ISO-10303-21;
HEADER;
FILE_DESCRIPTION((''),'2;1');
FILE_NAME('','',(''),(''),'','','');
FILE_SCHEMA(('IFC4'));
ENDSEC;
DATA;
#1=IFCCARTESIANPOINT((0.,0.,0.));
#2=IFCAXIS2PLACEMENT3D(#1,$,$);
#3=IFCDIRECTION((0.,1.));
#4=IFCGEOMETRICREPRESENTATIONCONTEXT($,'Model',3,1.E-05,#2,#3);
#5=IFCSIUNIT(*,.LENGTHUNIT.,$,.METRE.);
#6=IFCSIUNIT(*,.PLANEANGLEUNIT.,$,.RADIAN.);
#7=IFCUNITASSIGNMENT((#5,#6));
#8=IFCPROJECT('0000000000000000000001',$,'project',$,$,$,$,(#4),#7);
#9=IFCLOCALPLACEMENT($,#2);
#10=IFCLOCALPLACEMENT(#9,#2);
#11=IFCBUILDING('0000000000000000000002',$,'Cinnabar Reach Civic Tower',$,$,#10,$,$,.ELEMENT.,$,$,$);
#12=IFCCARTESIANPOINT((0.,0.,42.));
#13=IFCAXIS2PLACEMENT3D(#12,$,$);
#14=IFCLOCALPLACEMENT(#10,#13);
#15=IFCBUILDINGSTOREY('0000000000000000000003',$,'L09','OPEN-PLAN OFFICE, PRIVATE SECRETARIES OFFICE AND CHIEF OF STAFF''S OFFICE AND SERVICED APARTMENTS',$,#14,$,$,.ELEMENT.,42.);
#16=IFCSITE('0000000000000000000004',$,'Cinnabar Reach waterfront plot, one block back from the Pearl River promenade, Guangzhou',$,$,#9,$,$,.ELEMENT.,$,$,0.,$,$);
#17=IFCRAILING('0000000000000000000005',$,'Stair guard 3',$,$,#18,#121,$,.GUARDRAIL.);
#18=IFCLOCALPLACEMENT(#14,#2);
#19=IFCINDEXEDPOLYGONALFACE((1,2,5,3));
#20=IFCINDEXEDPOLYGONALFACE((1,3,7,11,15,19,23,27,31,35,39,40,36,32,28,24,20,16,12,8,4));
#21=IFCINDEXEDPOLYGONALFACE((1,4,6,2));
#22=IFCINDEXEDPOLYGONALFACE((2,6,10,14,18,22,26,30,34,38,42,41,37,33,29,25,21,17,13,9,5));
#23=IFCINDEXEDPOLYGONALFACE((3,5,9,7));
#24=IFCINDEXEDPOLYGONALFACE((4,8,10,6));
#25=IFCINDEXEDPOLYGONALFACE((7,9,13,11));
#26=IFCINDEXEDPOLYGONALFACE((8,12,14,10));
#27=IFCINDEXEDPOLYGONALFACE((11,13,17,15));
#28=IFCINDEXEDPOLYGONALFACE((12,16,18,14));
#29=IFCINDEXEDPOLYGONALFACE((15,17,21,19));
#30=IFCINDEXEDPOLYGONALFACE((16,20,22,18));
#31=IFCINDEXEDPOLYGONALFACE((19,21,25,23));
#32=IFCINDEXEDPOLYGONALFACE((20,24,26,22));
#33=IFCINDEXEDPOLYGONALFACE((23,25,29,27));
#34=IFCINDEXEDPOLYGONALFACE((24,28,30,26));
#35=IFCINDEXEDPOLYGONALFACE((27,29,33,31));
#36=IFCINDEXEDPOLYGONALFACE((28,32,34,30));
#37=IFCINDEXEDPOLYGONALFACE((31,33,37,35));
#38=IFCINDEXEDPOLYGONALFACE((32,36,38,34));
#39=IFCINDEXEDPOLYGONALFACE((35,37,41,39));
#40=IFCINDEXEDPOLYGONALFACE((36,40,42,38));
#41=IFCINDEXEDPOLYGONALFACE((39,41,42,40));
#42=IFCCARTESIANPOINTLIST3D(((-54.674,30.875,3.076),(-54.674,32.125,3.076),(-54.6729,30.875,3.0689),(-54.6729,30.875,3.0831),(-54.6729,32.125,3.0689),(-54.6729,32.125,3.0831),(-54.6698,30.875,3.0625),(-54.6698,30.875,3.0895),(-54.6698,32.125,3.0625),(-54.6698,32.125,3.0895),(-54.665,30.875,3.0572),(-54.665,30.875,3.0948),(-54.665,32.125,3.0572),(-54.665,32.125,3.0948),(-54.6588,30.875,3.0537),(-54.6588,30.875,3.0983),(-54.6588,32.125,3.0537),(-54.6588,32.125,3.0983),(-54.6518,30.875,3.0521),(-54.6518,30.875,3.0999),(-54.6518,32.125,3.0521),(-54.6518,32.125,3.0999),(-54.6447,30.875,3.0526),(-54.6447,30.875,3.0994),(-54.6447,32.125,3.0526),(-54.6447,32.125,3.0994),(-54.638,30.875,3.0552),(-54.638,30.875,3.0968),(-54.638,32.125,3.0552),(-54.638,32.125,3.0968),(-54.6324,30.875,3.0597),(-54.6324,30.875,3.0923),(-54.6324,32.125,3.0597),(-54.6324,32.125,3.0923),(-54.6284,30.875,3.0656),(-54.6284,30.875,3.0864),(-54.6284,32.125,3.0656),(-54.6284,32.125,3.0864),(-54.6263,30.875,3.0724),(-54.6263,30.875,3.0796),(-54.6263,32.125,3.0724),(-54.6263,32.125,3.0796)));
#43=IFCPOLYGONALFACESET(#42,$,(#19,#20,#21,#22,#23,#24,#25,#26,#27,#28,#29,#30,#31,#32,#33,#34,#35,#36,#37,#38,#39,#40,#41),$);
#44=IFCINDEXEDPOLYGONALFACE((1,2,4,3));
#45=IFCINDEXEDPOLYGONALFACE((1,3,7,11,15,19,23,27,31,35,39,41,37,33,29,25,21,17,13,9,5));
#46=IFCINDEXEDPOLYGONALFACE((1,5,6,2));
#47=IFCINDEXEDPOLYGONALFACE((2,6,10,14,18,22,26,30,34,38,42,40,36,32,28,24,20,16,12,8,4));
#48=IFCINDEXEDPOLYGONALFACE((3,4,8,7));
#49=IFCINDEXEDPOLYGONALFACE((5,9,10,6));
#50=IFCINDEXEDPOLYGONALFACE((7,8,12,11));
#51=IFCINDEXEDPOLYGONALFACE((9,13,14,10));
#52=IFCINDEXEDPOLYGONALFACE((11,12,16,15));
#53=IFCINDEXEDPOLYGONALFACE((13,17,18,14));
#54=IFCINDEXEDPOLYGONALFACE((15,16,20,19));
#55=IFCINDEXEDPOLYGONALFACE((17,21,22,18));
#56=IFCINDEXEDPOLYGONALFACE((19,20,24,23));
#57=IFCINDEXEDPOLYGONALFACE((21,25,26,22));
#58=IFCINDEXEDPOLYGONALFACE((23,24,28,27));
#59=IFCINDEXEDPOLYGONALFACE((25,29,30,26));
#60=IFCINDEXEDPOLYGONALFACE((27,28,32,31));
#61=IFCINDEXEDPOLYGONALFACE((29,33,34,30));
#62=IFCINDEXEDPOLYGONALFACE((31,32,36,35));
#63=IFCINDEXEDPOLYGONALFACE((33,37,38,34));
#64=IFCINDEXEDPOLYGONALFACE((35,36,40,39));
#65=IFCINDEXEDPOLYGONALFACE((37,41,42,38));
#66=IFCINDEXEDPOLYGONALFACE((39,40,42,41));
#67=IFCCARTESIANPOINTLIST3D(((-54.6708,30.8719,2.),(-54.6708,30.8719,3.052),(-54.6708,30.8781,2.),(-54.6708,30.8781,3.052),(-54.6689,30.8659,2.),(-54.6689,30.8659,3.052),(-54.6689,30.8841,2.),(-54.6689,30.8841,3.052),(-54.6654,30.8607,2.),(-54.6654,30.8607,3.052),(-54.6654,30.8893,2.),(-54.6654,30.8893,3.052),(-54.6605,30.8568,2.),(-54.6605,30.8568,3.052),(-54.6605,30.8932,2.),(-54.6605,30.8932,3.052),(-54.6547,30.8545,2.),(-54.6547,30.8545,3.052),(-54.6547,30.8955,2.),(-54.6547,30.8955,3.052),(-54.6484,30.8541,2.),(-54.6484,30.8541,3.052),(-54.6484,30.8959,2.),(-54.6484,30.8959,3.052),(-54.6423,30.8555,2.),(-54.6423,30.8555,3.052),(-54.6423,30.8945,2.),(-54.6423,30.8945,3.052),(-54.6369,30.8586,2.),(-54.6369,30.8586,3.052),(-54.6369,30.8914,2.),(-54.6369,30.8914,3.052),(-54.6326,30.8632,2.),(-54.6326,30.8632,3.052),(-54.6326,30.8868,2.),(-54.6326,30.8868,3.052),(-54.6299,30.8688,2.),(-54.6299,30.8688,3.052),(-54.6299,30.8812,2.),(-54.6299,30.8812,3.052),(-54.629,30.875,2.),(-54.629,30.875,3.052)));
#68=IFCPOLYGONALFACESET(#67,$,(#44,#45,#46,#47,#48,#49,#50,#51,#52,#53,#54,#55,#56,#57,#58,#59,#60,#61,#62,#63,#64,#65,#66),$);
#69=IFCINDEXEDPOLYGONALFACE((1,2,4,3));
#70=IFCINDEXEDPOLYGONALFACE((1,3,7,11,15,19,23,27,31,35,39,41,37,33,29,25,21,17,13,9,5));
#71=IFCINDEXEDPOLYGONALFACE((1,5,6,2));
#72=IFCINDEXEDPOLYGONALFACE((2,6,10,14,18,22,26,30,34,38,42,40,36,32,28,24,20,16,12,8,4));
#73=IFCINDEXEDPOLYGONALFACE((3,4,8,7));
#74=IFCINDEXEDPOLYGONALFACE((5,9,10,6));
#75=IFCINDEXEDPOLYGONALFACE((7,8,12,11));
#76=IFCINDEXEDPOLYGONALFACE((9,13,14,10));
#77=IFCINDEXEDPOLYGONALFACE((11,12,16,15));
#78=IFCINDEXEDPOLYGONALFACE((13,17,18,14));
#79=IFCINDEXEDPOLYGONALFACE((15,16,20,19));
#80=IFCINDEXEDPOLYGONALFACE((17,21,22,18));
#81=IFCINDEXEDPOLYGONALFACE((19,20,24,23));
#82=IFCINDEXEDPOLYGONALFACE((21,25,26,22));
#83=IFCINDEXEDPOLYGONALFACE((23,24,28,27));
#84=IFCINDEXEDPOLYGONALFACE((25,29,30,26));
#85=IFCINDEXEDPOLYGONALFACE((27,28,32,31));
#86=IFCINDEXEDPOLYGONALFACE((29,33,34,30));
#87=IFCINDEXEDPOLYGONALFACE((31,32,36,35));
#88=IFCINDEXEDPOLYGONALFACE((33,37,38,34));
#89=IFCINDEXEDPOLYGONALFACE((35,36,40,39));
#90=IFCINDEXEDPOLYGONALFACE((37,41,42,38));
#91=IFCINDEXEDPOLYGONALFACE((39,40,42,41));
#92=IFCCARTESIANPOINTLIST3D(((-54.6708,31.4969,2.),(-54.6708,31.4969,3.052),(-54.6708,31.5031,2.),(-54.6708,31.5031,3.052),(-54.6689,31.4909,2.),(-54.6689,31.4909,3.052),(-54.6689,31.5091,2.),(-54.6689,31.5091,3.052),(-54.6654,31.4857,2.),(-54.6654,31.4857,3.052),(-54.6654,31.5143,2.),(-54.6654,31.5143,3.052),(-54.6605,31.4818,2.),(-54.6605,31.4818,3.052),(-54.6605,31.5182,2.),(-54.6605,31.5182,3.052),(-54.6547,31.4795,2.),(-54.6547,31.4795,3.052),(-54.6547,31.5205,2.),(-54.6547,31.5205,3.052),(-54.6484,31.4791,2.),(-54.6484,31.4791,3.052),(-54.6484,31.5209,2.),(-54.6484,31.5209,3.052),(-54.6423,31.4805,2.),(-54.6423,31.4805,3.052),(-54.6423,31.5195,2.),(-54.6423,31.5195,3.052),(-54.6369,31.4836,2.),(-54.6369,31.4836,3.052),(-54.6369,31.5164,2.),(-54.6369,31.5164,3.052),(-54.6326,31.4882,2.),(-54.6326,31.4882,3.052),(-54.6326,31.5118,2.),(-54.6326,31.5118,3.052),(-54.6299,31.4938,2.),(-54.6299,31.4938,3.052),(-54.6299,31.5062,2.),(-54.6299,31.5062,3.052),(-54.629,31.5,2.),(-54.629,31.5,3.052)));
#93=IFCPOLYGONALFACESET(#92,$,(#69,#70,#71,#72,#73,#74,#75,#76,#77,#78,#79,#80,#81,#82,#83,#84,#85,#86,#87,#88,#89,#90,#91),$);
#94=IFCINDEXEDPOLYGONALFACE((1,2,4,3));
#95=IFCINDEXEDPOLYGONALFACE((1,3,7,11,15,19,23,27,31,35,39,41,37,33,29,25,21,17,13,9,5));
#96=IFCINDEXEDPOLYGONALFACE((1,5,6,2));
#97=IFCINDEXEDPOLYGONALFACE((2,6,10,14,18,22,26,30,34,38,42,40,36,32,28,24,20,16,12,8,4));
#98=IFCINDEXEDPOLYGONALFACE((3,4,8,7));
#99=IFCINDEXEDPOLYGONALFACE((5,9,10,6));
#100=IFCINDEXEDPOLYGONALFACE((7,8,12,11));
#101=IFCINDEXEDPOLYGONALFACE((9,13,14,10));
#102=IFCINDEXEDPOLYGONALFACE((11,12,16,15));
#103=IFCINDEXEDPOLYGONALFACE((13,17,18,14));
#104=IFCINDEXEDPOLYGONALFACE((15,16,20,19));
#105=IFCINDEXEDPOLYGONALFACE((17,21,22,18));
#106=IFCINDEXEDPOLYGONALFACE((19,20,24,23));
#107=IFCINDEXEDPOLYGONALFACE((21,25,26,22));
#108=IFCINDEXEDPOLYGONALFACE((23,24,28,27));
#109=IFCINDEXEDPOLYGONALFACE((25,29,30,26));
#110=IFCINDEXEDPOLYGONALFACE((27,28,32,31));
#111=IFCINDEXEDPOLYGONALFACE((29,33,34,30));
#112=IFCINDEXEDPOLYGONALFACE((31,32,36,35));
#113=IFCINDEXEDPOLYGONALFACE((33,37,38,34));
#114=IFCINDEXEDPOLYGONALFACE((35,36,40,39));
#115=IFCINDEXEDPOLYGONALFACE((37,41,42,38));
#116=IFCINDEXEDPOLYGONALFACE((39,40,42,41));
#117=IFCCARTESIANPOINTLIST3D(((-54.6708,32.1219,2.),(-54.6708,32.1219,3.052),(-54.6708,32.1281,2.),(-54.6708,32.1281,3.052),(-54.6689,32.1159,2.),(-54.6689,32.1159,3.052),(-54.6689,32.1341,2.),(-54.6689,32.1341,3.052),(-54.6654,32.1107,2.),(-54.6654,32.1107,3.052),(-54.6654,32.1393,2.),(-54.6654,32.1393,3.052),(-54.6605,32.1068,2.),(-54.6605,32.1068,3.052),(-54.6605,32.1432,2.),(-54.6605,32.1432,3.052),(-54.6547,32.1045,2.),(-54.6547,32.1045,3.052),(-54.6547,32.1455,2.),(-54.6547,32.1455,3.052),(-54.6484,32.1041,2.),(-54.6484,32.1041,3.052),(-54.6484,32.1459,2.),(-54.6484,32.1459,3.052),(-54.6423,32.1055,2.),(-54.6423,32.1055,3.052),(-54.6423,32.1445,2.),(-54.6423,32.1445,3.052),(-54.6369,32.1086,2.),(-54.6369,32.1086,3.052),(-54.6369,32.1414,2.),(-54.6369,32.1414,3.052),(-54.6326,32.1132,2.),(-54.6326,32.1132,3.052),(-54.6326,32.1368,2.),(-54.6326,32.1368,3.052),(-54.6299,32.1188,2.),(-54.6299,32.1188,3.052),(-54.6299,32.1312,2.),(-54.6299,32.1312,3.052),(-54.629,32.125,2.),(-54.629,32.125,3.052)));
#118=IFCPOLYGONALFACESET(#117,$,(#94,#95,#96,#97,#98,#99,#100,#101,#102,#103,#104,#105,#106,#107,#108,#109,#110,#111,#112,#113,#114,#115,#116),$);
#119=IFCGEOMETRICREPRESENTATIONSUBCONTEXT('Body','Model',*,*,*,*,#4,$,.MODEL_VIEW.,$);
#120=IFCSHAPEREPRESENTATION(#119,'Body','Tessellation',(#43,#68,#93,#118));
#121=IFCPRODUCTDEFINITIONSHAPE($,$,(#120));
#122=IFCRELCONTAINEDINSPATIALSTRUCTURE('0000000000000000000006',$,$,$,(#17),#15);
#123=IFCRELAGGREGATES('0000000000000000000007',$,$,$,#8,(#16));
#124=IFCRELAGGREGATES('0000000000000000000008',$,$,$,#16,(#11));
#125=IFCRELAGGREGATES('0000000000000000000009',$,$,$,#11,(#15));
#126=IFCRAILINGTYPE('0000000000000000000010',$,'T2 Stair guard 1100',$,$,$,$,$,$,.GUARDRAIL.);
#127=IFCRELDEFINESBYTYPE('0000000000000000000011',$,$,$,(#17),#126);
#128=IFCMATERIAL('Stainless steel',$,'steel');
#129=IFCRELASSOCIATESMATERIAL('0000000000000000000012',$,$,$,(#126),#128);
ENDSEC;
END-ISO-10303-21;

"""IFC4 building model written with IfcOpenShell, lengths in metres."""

from ifc_helpers import new_model, si_unit, direction, frame, origin, origin_2d, place, context, subcontext, project, spatial, circle, extrude, material, type_object, element, save


model = new_model("IFC4")

# Units and contexts
model_context = context("Model", 3, precision=1e-05, world=origin(), true_north=direction((0.0, 1.0)))
body_context = subcontext(model_context, "Body", "Model", "MODEL_VIEW")
ifc_project = project(units=[si_unit("LENGTHUNIT", "METRE"), si_unit("PLANEANGLEUNIT", "RADIAN")], contexts=[model_context])

# Site, building, storey
site_placement = place(None, origin())
site = spatial("IfcSite", under=ifc_project, at=site_placement, Name="Cinnabar Reach waterfront plot, one block back from the Pearl River promenade, Guangzhou", CompositionType="ELEMENT", RefElevation=0.0)
building_placement = place(site_placement, origin())
building = spatial("IfcBuilding", under=site, at=building_placement, Name="Cinnabar Reach Civic Tower", CompositionType="ELEMENT")
storey_placement = place(building_placement, frame((0.0, 0.0, 42.0)))
storey = spatial("IfcBuildingStorey", under=building, at=storey_placement, Name="L09", Description="OPEN-PLAN OFFICE, PRIVATE SECRETARIES OFFICE AND CHIEF OF STAFF'S OFFICE AND SERVICED APARTMENTS", CompositionType="ELEMENT", Elevation=42.0)

# Railing
ifc_material_1 = material(Name="Stainless steel", Category="steel")
railing_type = type_object("IfcRailingType", Name="T2 Stair guard 1100", PredefinedType="GUARDRAIL", material=ifc_material_1)
railing_1_placement = place(storey_placement, frame((-54.65, 30.875, 2.0)))
element("IfcRailing", 1, at=railing_1_placement, inside=storey, type_object=railing_type, Name="Stair guard 3", PredefinedType="GUARDRAIL", context=body_context, shape_type="SweptSolid", body=[
    extrude(circle(Radius=0.024, at=origin_2d()), frame((0.0, 0.0, 1.076), z_axis=(0.0, 1.0, 0.0), x_axis=(-1.0, 0.0, 0.0)), (0.0, 0.0, 1.0), 1.25),
    extrude(circle(Radius=0.021, at=origin_2d()), origin(), (0.0, 0.0, 1.0), 1.052),
    extrude(circle(Radius=0.021, at=origin_2d()), frame((0.0, 0.625, 0.0)), (0.0, 0.0, 1.0), 1.052),
    extrude(circle(Radius=0.021, at=origin_2d()), frame((0.0, 1.25, 0.0)), (0.0, 0.0, 1.0), 1.052),
])

save(model, "model.ifc")
